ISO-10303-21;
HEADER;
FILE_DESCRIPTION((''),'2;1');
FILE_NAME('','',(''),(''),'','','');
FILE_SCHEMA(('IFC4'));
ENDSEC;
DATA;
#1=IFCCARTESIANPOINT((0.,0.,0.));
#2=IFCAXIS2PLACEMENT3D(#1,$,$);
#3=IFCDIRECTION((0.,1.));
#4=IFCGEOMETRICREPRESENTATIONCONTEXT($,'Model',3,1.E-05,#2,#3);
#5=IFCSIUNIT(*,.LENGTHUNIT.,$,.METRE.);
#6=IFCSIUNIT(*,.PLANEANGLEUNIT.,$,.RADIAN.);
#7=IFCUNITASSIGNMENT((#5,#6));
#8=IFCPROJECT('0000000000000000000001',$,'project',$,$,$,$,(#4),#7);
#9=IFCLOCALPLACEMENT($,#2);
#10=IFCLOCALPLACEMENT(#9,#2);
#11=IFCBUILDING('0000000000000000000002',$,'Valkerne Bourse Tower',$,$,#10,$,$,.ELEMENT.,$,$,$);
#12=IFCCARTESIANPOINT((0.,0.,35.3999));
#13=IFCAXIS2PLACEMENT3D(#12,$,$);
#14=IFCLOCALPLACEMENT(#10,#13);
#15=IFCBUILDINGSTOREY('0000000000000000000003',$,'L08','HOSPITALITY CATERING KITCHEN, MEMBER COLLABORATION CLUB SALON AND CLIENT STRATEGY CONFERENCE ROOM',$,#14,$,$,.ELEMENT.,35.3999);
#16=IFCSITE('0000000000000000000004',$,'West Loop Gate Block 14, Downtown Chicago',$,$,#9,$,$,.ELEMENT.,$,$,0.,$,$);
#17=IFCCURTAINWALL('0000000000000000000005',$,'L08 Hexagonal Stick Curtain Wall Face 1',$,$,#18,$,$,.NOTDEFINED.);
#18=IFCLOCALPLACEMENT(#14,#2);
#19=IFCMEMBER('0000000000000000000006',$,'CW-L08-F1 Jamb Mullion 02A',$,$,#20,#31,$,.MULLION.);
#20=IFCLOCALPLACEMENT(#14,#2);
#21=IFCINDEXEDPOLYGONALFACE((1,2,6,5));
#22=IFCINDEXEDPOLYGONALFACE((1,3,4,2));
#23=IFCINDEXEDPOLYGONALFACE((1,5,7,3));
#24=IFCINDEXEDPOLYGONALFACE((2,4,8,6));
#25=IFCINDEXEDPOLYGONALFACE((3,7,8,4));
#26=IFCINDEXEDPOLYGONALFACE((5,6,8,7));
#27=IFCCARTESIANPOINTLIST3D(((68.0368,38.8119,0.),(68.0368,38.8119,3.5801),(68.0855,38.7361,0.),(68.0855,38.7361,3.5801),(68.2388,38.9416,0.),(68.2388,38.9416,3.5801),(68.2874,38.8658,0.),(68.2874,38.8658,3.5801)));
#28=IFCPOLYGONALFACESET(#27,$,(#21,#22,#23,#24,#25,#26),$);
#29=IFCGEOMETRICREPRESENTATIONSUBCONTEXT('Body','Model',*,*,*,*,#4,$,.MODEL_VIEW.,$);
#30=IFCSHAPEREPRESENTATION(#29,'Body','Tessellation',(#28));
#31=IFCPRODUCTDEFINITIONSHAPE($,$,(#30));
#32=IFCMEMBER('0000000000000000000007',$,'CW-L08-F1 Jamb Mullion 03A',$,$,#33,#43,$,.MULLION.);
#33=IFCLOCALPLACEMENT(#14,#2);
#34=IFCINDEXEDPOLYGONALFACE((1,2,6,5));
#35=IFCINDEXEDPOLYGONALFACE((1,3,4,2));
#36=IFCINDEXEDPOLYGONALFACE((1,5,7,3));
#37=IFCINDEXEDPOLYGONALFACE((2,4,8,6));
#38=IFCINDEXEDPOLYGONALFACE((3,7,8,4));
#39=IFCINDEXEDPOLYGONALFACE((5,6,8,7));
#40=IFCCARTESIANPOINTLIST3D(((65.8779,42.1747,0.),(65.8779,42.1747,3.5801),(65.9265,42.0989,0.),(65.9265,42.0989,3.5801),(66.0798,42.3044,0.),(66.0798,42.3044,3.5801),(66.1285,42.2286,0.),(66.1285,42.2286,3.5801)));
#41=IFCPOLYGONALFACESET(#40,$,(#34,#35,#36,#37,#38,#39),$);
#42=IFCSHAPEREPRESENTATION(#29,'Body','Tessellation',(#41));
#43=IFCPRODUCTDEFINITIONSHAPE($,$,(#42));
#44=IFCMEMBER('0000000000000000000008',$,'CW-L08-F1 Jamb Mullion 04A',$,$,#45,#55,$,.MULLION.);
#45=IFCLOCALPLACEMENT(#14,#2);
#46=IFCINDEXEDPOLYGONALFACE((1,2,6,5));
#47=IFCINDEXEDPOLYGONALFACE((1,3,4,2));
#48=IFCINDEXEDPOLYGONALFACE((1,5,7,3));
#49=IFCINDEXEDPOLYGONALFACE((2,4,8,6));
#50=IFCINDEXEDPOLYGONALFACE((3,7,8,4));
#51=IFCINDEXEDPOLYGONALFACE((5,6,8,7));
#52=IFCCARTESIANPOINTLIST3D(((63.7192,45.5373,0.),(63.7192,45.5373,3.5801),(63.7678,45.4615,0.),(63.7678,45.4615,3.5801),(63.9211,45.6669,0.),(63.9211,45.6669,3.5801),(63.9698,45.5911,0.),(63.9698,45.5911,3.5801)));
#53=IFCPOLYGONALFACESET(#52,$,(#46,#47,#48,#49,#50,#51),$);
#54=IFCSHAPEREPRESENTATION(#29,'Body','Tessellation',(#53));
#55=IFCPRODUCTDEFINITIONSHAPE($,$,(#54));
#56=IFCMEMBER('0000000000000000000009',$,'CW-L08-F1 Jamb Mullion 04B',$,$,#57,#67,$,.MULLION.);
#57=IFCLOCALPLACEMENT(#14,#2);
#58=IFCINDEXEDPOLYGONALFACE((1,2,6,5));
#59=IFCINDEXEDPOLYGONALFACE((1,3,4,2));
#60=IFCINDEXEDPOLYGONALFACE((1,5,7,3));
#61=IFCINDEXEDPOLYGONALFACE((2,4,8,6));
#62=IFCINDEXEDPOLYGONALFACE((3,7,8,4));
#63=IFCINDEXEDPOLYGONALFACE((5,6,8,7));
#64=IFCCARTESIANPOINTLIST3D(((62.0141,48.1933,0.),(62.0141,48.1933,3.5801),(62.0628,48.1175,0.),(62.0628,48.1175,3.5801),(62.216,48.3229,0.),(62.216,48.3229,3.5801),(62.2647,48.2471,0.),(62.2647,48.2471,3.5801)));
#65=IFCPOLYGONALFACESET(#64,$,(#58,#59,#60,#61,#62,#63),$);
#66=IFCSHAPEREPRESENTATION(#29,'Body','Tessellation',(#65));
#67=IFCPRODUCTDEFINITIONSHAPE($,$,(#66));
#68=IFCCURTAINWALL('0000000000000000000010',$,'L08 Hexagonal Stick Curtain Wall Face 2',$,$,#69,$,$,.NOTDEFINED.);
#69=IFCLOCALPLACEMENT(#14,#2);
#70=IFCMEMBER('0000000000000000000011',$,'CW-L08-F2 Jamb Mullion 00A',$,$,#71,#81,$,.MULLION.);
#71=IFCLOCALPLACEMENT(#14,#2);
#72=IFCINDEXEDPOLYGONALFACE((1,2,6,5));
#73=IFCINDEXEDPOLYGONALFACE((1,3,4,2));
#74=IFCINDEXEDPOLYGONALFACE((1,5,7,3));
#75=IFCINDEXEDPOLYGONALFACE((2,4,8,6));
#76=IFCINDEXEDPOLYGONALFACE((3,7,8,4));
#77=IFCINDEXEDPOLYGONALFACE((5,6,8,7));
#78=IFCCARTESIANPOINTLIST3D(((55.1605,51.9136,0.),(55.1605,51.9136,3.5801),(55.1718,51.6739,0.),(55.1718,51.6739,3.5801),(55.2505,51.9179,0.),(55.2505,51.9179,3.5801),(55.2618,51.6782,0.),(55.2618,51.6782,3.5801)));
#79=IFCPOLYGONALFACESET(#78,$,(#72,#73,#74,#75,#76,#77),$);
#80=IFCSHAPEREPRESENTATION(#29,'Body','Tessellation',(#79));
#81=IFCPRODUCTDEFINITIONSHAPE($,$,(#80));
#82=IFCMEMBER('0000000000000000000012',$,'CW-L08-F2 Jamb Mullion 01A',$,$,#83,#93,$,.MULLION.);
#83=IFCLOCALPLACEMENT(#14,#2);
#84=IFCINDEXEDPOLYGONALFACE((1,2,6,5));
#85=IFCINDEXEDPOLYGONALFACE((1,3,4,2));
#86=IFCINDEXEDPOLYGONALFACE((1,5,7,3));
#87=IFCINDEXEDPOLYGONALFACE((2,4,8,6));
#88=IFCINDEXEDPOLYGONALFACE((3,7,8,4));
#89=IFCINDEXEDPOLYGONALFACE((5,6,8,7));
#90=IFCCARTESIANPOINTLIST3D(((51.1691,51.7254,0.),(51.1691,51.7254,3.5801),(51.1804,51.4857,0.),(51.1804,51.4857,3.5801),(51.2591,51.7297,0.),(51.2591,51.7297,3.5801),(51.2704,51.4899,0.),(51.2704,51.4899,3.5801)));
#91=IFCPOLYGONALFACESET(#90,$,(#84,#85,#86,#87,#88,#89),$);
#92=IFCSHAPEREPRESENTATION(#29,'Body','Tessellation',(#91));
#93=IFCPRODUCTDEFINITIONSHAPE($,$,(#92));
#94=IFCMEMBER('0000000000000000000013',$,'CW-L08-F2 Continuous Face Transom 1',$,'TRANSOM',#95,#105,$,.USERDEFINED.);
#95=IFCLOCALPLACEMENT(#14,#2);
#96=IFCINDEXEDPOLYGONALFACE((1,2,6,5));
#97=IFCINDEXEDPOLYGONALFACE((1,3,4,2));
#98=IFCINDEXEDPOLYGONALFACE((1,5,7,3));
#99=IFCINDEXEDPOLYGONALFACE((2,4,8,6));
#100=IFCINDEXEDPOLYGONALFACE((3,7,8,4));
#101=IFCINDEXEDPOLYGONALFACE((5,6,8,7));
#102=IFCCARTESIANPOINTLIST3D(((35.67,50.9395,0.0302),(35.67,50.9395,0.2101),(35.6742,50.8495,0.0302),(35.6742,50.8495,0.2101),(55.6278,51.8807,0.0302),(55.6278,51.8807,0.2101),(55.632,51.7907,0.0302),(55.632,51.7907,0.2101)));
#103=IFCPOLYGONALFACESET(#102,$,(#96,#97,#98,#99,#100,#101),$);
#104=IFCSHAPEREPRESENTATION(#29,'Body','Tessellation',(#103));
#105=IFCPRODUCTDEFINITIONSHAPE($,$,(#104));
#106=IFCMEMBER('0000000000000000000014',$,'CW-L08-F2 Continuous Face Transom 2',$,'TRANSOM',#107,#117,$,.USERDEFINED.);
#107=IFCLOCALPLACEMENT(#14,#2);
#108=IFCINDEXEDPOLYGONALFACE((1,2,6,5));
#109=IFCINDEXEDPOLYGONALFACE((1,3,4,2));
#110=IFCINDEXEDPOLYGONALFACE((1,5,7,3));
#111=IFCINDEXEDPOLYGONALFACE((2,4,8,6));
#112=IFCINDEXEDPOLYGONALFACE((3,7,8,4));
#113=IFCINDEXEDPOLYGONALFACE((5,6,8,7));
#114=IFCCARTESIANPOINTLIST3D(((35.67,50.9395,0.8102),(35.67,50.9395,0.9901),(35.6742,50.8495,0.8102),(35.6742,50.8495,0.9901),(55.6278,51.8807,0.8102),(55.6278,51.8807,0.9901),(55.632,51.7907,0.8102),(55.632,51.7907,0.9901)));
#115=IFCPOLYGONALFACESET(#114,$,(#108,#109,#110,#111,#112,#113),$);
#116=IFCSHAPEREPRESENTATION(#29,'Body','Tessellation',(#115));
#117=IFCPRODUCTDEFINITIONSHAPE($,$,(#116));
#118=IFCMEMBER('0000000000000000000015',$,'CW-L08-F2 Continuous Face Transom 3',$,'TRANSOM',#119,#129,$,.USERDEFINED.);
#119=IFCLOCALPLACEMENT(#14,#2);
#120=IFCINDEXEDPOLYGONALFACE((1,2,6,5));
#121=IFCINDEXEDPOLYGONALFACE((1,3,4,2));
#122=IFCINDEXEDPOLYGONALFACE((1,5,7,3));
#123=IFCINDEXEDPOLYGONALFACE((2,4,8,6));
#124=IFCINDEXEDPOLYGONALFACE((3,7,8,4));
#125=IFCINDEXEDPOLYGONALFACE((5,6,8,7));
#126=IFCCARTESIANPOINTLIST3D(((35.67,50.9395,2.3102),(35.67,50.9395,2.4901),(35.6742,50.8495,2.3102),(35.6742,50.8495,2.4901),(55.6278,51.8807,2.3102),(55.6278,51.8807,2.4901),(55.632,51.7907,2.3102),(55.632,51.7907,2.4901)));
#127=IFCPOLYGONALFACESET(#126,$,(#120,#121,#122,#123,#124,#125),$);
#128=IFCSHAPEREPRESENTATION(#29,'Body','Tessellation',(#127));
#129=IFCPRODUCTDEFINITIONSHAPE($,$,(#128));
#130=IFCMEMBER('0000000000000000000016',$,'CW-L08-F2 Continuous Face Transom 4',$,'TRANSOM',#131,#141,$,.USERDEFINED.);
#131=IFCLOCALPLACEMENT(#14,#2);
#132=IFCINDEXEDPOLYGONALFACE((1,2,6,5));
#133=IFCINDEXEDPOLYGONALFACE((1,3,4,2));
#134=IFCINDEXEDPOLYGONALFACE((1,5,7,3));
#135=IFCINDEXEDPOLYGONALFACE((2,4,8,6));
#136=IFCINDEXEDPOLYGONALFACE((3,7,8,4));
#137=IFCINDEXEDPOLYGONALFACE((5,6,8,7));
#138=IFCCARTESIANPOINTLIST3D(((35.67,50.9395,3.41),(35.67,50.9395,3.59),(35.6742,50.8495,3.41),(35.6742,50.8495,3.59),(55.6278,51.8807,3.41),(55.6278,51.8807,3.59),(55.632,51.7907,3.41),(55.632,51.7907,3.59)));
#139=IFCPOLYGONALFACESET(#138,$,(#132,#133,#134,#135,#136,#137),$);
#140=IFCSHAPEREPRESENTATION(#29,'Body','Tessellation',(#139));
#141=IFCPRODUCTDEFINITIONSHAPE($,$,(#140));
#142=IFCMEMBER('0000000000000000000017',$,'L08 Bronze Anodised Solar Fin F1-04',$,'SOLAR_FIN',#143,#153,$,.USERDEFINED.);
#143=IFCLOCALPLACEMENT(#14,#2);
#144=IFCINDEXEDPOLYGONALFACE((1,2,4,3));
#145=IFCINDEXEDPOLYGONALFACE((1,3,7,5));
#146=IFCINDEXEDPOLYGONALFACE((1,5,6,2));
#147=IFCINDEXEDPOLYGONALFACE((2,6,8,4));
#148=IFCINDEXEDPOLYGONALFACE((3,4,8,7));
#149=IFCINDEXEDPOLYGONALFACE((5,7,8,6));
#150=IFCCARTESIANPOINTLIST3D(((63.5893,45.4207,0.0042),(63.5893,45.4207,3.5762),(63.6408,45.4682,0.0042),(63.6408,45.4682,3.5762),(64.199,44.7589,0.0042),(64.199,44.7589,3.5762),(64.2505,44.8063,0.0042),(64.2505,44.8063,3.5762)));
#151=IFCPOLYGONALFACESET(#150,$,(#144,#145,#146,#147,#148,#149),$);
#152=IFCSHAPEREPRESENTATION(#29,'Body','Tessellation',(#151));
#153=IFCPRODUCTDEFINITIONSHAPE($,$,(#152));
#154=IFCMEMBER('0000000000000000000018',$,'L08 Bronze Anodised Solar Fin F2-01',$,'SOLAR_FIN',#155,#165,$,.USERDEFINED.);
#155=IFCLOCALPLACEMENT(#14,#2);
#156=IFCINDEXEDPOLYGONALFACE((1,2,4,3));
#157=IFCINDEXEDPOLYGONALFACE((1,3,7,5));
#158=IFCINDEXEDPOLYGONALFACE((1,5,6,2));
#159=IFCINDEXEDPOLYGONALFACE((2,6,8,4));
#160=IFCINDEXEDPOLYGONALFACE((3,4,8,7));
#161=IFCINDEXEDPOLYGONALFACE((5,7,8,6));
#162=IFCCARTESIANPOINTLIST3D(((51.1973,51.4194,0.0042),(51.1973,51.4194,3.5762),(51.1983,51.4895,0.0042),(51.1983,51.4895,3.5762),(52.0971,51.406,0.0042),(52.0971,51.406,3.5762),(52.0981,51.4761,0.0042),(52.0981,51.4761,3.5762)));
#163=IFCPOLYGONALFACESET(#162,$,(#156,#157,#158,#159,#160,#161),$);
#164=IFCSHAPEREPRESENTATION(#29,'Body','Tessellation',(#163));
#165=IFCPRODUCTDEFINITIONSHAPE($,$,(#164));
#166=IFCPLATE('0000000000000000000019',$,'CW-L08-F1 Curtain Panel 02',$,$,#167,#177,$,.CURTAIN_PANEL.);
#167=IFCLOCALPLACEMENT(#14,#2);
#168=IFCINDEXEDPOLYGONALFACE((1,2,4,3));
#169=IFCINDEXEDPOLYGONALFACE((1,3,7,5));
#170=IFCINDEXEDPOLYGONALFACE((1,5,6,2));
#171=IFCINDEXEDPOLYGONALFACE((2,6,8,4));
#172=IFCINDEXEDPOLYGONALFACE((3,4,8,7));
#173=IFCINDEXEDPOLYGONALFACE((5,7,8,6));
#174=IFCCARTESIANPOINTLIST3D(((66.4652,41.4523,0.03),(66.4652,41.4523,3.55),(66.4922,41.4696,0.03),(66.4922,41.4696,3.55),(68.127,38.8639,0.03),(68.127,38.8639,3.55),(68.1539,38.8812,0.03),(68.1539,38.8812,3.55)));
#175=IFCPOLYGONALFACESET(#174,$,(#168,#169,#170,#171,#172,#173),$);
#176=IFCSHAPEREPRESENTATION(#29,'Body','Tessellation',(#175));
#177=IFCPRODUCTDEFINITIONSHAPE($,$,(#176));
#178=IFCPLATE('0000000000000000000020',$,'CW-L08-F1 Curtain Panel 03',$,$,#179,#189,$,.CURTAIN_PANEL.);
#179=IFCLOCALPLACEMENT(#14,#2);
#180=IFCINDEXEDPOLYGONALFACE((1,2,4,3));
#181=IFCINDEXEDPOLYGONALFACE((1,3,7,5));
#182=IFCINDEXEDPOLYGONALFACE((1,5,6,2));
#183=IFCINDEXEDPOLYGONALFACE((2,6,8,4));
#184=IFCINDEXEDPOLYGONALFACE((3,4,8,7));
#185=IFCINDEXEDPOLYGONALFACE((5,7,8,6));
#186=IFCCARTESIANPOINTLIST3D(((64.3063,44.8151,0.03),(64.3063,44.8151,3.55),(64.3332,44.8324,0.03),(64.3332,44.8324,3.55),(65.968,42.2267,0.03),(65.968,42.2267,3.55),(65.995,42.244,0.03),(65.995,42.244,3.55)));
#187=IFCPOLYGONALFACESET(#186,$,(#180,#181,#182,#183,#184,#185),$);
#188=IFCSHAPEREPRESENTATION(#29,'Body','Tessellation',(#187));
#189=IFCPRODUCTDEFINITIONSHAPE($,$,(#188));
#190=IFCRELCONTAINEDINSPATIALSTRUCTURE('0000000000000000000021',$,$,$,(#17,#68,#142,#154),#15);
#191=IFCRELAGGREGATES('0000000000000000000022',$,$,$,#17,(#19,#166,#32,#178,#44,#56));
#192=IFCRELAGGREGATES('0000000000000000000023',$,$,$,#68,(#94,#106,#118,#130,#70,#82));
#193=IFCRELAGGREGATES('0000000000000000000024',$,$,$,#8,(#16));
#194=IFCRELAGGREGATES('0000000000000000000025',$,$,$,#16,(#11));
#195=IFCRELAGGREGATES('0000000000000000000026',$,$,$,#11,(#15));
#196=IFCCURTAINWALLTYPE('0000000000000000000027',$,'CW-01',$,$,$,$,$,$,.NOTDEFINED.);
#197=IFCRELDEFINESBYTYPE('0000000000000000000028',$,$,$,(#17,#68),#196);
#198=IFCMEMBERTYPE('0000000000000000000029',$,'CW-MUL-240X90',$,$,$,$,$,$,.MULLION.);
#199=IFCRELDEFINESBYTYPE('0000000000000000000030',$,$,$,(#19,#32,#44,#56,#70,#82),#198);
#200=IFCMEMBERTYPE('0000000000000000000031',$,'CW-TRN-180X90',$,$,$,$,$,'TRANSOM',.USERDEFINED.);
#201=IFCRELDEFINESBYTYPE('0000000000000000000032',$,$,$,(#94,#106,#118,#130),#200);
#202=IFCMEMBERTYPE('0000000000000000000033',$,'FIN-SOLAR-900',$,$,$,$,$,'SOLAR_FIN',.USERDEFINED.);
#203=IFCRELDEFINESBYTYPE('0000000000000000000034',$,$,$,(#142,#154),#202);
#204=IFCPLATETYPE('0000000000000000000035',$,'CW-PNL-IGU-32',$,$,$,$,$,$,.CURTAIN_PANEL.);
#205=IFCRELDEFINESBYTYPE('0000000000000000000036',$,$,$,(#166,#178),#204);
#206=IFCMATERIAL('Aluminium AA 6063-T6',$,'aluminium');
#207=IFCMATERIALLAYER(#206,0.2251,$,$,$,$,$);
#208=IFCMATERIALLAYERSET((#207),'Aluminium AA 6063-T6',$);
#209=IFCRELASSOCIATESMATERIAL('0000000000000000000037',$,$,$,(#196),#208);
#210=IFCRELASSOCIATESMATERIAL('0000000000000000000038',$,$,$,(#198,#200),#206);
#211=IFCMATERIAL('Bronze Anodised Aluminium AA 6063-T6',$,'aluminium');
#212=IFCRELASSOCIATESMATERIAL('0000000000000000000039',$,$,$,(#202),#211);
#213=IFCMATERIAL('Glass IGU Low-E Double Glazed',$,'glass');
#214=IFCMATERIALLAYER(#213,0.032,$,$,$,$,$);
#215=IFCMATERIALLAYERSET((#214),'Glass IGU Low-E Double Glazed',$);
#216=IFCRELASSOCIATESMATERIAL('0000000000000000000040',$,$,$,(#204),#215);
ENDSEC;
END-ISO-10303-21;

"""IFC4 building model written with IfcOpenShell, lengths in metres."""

from ifc_helpers import new_model, si_unit, direction, frame, origin, origin_2d, place, context, subcontext, project, spatial, rectangle, extrude, material, layer, layer_set, material_profile, profile_set, type_object, element, aggregate, save


model = new_model("IFC4")

# Units and contexts
model_context = context("Model", 3, precision=1e-05, world=origin(), true_north=direction((0.0, 1.0)))
body_context = subcontext(model_context, "Body", "Model", "MODEL_VIEW")
ifc_project = project(units=[si_unit("LENGTHUNIT", "METRE"), si_unit("PLANEANGLEUNIT", "RADIAN")], contexts=[model_context])

# Site, building, storey
site_placement = place(None, origin())
site = spatial("IfcSite", under=ifc_project, at=site_placement, Name="West Loop Gate Block 14, Downtown Chicago", CompositionType="ELEMENT", RefElevation=0.0)
building_placement = place(site_placement, origin())
building = spatial("IfcBuilding", under=site, at=building_placement, Name="Valkerne Bourse Tower", CompositionType="ELEMENT")
storey_placement = place(building_placement, frame((0.0, 0.0, 35.3999)))
storey = spatial("IfcBuildingStorey", under=building, at=storey_placement, Name="L08", Description="HOSPITALITY CATERING KITCHEN, MEMBER COLLABORATION CLUB SALON AND CLIENT STRATEGY CONFERENCE ROOM", CompositionType="ELEMENT", Elevation=35.3999)

# Curtain walls, members
ifc_material_1 = material(Name="Aluminium AA 6063-T6", Category="aluminium")
ifc_layer_1 = layer(ifc_material_1, 0.2251)
ifc_layer_set_1 = layer_set([ifc_layer_1], Name="Aluminium AA 6063-T6")
curtain_wall_type = type_object("IfcCurtainWallType", Name="CW-01", PredefinedType="NOTDEFINED", material=ifc_layer_set_1)
curtain_wall_1_placement = place(storey_placement, origin())
curtain_wall_1 = element("IfcCurtainWall", 1, at=curtain_wall_1_placement, inside=storey, type_object=curtain_wall_type, Name="L08 Hexagonal Stick Curtain Wall Face 1", PredefinedType="NOTDEFINED")
ifc_material_profile_1 = material_profile(ifc_material_1, rectangle(XDim=0.0901, YDim=0.24, at=origin_2d()), Name="CWM-90X240")
ifc_profile_set_1 = profile_set([ifc_material_profile_1], Name="Aluminium AA 6063-T6")
member_type_1 = type_object("IfcMemberType", Name="CW-MUL-240X90", PredefinedType="MULLION", material=ifc_profile_set_1)
member_1_placement = place(storey_placement, frame((68.1621, 38.8389, 0.0), z_axis=(0.0, 0.0, 1.0), x_axis=(-0.540238, 0.841512, 0.0)))
member_1 = element("IfcMember", 2, at=member_1_placement, type_object=member_type_1, Name="CW-L08-F1 Jamb Mullion 02A", PredefinedType="MULLION", context=body_context, shape_type="SweptSolid", body=[
    extrude(rectangle(XDim=0.0901, YDim=0.24, at=origin_2d()), origin(), (0.0, 0.0, 1.0), 3.5801),
])
member_2_placement = place(storey_placement, frame((66.0032, 42.2017, 0.0), z_axis=(0.0, 0.0, 1.0), x_axis=(-0.540238, 0.841512, 0.0)))
member_2 = element("IfcMember", 3, at=member_2_placement, type_object=member_type_1, Name="CW-L08-F1 Jamb Mullion 03A", PredefinedType="MULLION", context=body_context, shape_type="SweptSolid", body=[
    extrude(rectangle(XDim=0.0901, YDim=0.24, at=origin_2d()), origin(), (0.0, 0.0, 1.0), 3.5801),
])
member_3_placement = place(storey_placement, frame((63.8445, 45.5642, 0.0), z_axis=(0.0, 0.0, 1.0), x_axis=(-0.540238, 0.841512, 0.0)))
member_3 = element("IfcMember", 4, at=member_3_placement, type_object=member_type_1, Name="CW-L08-F1 Jamb Mullion 04A", PredefinedType="MULLION", context=body_context, shape_type="SweptSolid", body=[
    extrude(rectangle(XDim=0.0901, YDim=0.24, at=origin_2d()), origin(), (0.0, 0.0, 1.0), 3.5801),
])
member_4_placement = place(storey_placement, frame((62.1394, 48.2202, 0.0), z_axis=(0.0, 0.0, 1.0), x_axis=(-0.540238, 0.841512, 0.0)))
member_4 = element("IfcMember", 5, at=member_4_placement, type_object=member_type_1, Name="CW-L08-F1 Jamb Mullion 04B", PredefinedType="MULLION", context=body_context, shape_type="SweptSolid", body=[
    extrude(rectangle(XDim=0.0901, YDim=0.24, at=origin_2d()), origin(), (0.0, 0.0, 1.0), 3.5801),
])
curtain_wall_2_placement = place(storey_placement, origin())
curtain_wall_2 = element("IfcCurtainWall", 6, at=curtain_wall_2_placement, inside=storey, type_object=curtain_wall_type, Name="L08 Hexagonal Stick Curtain Wall Face 2", PredefinedType="NOTDEFINED")
member_5_placement = place(storey_placement, frame((55.2112, 51.7959, 0.0), z_axis=(0.0, 0.0, 1.0), x_axis=(-0.99889, -0.047098, 0.0)))
member_5 = element("IfcMember", 7, at=member_5_placement, type_object=member_type_1, Name="CW-L08-F2 Jamb Mullion 00A", PredefinedType="MULLION", context=body_context, shape_type="SweptSolid", body=[
    extrude(rectangle(XDim=0.0901, YDim=0.24, at=origin_2d()), origin(), (0.0, 0.0, 1.0), 3.5801),
])
member_6_placement = place(storey_placement, frame((51.2197, 51.6077, 0.0), z_axis=(0.0, 0.0, 1.0), x_axis=(-0.998889, -0.047122, 0.0)))
member_6 = element("IfcMember", 8, at=member_6_placement, type_object=member_type_1, Name="CW-L08-F2 Jamb Mullion 01A", PredefinedType="MULLION", context=body_context, shape_type="SweptSolid", body=[
    extrude(rectangle(XDim=0.0901, YDim=0.24, at=origin_2d()), origin(), (0.0, 0.0, 1.0), 3.5801),
])
ifc_material_profile_2 = material_profile(ifc_material_1, rectangle(XDim=0.0901, YDim=0.1799, at=origin_2d()), Name="CWT-90X180")
ifc_profile_set_2 = profile_set([ifc_material_profile_2], Name="Aluminium AA 6063-T6")
member_type_2 = type_object("IfcMemberType", Name="CW-TRN-180X90", ElementType="TRANSOM", PredefinedType="USERDEFINED", material=ifc_profile_set_2)
member_7_placement = place(storey_placement, frame((55.6299, 51.8357, 0.1201), z_axis=(-0.99889, -0.047105, 0.0), x_axis=(0.047105, -0.99889, 0.0)))
member_7 = element("IfcMember", 9, at=member_7_placement, type_object=member_type_2, Name="CW-L08-F2 Continuous Face Transom 1", ObjectType="TRANSOM", PredefinedType="USERDEFINED", context=body_context, shape_type="SweptSolid", body=[
    extrude(rectangle(XDim=0.0901, YDim=0.1799, at=origin_2d()), origin(), (0.0, 0.0, 1.0), 19.98),
])
member_8_placement = place(storey_placement, frame((55.6299, 51.8357, 0.9001), z_axis=(-0.99889, -0.047105, 0.0), x_axis=(0.047105, -0.99889, 0.0)))
member_8 = element("IfcMember", 10, at=member_8_placement, type_object=member_type_2, Name="CW-L08-F2 Continuous Face Transom 2", ObjectType="TRANSOM", PredefinedType="USERDEFINED", context=body_context, shape_type="SweptSolid", body=[
    extrude(rectangle(XDim=0.0901, YDim=0.1799, at=origin_2d()), origin(), (0.0, 0.0, 1.0), 19.98),
])
member_9_placement = place(storey_placement, frame((55.6299, 51.8357, 2.4001), z_axis=(-0.99889, -0.047105, 0.0), x_axis=(0.047105, -0.99889, 0.0)))
member_9 = element("IfcMember", 11, at=member_9_placement, type_object=member_type_2, Name="CW-L08-F2 Continuous Face Transom 3", ObjectType="TRANSOM", PredefinedType="USERDEFINED", context=body_context, shape_type="SweptSolid", body=[
    extrude(rectangle(XDim=0.0901, YDim=0.1799, at=origin_2d()), origin(), (0.0, 0.0, 1.0), 19.98),
])
member_10_placement = place(storey_placement, frame((55.6299, 51.8357, 3.5), z_axis=(-0.99889, -0.047105, 0.0), x_axis=(0.047105, -0.99889, 0.0)))
member_10 = element("IfcMember", 12, at=member_10_placement, type_object=member_type_2, Name="CW-L08-F2 Continuous Face Transom 4", ObjectType="TRANSOM", PredefinedType="USERDEFINED", context=body_context, shape_type="SweptSolid", body=[
    extrude(rectangle(XDim=0.0901, YDim=0.1799, at=origin_2d()), origin(), (0.0, 0.0, 1.0), 19.98),
])

# Members
ifc_material_2 = material(Name="Bronze Anodised Aluminium AA 6063-T6", Category="aluminium")
ifc_material_profile_3 = material_profile(ifc_material_2, rectangle(XDim=0.0701, YDim=0.8999, at=origin_2d()), Name="FIN-70X900")
ifc_profile_set_3 = profile_set([ifc_material_profile_3], Name="Bronze Anodised Aluminium AA 6063-T6")
member_type_3 = type_object("IfcMemberType", Name="FIN-SOLAR-900", ElementType="SOLAR_FIN", PredefinedType="USERDEFINED", material=ifc_profile_set_3)
for number, where, z_axis, x_axis, name in (
    (13, (63.9199, 45.1135, 0.0042), (0.0, 0.0, 1.0), (0.735494, 0.677531, 0.0), "L08 Bronze Anodised Solar Fin F1-04"),
    (14, (51.6477, 51.4478, 0.0042), (0.0, 0.0, 1.0), (0.014869, 0.999889, 0.0), "L08 Bronze Anodised Solar Fin F2-01"),
):
    element("IfcMember", number, at=place(storey_placement, frame(where, z_axis=z_axis, x_axis=x_axis)), inside=storey, type_object=member_type_3, Name=name, ObjectType="SOLAR_FIN", PredefinedType="USERDEFINED", context=body_context, shape_type="SweptSolid", body=[
        extrude(rectangle(XDim=0.0701, YDim=0.8999, at=origin_2d()), origin(), (0.0, 0.0, 1.0), 3.572),
    ])

# Plates
ifc_material_3 = material(Name="Glass IGU Low-E Double Glazed", Category="glass")
ifc_layer_2 = layer(ifc_material_3, 0.032)
ifc_layer_set_2 = layer_set([ifc_layer_2], Name="Glass IGU Low-E Double Glazed")
plate_type = type_object("IfcPlateType", Name="CW-PNL-IGU-32", PredefinedType="CURTAIN_PANEL", material=ifc_layer_set_2)
plate_1_placement = place(storey_placement, frame((67.3096, 40.1667, 0.03), z_axis=(0.0, 0.0, 1.0), x_axis=(-0.540238, 0.841512, 0.0)))
plate_1 = element("IfcPlate", 15, at=plate_1_placement, type_object=plate_type, Name="CW-L08-F1 Curtain Panel 02", PredefinedType="CURTAIN_PANEL", context=body_context, shape_type="SweptSolid", body=[
    extrude(rectangle(XDim=3.0759, YDim=0.032, at=origin_2d()), origin(), (0.0, 0.0, 1.0), 3.52),
])
plate_2_placement = place(storey_placement, frame((65.1506, 43.5295, 0.03), z_axis=(0.0, 0.0, 1.0), x_axis=(-0.540238, 0.841512, 0.0)))
plate_2 = element("IfcPlate", 16, at=plate_2_placement, type_object=plate_type, Name="CW-L08-F1 Curtain Panel 03", PredefinedType="CURTAIN_PANEL", context=body_context, shape_type="SweptSolid", body=[
    extrude(rectangle(XDim=3.0759, YDim=0.032, at=origin_2d()), origin(), (0.0, 0.0, 1.0), 3.52),
])
aggregate(curtain_wall_1, [member_1, plate_1, member_2, plate_2, member_3, member_4])
aggregate(curtain_wall_2, [member_7, member_8, member_9, member_10, member_5, member_6])

save(model, "model.ifc")
